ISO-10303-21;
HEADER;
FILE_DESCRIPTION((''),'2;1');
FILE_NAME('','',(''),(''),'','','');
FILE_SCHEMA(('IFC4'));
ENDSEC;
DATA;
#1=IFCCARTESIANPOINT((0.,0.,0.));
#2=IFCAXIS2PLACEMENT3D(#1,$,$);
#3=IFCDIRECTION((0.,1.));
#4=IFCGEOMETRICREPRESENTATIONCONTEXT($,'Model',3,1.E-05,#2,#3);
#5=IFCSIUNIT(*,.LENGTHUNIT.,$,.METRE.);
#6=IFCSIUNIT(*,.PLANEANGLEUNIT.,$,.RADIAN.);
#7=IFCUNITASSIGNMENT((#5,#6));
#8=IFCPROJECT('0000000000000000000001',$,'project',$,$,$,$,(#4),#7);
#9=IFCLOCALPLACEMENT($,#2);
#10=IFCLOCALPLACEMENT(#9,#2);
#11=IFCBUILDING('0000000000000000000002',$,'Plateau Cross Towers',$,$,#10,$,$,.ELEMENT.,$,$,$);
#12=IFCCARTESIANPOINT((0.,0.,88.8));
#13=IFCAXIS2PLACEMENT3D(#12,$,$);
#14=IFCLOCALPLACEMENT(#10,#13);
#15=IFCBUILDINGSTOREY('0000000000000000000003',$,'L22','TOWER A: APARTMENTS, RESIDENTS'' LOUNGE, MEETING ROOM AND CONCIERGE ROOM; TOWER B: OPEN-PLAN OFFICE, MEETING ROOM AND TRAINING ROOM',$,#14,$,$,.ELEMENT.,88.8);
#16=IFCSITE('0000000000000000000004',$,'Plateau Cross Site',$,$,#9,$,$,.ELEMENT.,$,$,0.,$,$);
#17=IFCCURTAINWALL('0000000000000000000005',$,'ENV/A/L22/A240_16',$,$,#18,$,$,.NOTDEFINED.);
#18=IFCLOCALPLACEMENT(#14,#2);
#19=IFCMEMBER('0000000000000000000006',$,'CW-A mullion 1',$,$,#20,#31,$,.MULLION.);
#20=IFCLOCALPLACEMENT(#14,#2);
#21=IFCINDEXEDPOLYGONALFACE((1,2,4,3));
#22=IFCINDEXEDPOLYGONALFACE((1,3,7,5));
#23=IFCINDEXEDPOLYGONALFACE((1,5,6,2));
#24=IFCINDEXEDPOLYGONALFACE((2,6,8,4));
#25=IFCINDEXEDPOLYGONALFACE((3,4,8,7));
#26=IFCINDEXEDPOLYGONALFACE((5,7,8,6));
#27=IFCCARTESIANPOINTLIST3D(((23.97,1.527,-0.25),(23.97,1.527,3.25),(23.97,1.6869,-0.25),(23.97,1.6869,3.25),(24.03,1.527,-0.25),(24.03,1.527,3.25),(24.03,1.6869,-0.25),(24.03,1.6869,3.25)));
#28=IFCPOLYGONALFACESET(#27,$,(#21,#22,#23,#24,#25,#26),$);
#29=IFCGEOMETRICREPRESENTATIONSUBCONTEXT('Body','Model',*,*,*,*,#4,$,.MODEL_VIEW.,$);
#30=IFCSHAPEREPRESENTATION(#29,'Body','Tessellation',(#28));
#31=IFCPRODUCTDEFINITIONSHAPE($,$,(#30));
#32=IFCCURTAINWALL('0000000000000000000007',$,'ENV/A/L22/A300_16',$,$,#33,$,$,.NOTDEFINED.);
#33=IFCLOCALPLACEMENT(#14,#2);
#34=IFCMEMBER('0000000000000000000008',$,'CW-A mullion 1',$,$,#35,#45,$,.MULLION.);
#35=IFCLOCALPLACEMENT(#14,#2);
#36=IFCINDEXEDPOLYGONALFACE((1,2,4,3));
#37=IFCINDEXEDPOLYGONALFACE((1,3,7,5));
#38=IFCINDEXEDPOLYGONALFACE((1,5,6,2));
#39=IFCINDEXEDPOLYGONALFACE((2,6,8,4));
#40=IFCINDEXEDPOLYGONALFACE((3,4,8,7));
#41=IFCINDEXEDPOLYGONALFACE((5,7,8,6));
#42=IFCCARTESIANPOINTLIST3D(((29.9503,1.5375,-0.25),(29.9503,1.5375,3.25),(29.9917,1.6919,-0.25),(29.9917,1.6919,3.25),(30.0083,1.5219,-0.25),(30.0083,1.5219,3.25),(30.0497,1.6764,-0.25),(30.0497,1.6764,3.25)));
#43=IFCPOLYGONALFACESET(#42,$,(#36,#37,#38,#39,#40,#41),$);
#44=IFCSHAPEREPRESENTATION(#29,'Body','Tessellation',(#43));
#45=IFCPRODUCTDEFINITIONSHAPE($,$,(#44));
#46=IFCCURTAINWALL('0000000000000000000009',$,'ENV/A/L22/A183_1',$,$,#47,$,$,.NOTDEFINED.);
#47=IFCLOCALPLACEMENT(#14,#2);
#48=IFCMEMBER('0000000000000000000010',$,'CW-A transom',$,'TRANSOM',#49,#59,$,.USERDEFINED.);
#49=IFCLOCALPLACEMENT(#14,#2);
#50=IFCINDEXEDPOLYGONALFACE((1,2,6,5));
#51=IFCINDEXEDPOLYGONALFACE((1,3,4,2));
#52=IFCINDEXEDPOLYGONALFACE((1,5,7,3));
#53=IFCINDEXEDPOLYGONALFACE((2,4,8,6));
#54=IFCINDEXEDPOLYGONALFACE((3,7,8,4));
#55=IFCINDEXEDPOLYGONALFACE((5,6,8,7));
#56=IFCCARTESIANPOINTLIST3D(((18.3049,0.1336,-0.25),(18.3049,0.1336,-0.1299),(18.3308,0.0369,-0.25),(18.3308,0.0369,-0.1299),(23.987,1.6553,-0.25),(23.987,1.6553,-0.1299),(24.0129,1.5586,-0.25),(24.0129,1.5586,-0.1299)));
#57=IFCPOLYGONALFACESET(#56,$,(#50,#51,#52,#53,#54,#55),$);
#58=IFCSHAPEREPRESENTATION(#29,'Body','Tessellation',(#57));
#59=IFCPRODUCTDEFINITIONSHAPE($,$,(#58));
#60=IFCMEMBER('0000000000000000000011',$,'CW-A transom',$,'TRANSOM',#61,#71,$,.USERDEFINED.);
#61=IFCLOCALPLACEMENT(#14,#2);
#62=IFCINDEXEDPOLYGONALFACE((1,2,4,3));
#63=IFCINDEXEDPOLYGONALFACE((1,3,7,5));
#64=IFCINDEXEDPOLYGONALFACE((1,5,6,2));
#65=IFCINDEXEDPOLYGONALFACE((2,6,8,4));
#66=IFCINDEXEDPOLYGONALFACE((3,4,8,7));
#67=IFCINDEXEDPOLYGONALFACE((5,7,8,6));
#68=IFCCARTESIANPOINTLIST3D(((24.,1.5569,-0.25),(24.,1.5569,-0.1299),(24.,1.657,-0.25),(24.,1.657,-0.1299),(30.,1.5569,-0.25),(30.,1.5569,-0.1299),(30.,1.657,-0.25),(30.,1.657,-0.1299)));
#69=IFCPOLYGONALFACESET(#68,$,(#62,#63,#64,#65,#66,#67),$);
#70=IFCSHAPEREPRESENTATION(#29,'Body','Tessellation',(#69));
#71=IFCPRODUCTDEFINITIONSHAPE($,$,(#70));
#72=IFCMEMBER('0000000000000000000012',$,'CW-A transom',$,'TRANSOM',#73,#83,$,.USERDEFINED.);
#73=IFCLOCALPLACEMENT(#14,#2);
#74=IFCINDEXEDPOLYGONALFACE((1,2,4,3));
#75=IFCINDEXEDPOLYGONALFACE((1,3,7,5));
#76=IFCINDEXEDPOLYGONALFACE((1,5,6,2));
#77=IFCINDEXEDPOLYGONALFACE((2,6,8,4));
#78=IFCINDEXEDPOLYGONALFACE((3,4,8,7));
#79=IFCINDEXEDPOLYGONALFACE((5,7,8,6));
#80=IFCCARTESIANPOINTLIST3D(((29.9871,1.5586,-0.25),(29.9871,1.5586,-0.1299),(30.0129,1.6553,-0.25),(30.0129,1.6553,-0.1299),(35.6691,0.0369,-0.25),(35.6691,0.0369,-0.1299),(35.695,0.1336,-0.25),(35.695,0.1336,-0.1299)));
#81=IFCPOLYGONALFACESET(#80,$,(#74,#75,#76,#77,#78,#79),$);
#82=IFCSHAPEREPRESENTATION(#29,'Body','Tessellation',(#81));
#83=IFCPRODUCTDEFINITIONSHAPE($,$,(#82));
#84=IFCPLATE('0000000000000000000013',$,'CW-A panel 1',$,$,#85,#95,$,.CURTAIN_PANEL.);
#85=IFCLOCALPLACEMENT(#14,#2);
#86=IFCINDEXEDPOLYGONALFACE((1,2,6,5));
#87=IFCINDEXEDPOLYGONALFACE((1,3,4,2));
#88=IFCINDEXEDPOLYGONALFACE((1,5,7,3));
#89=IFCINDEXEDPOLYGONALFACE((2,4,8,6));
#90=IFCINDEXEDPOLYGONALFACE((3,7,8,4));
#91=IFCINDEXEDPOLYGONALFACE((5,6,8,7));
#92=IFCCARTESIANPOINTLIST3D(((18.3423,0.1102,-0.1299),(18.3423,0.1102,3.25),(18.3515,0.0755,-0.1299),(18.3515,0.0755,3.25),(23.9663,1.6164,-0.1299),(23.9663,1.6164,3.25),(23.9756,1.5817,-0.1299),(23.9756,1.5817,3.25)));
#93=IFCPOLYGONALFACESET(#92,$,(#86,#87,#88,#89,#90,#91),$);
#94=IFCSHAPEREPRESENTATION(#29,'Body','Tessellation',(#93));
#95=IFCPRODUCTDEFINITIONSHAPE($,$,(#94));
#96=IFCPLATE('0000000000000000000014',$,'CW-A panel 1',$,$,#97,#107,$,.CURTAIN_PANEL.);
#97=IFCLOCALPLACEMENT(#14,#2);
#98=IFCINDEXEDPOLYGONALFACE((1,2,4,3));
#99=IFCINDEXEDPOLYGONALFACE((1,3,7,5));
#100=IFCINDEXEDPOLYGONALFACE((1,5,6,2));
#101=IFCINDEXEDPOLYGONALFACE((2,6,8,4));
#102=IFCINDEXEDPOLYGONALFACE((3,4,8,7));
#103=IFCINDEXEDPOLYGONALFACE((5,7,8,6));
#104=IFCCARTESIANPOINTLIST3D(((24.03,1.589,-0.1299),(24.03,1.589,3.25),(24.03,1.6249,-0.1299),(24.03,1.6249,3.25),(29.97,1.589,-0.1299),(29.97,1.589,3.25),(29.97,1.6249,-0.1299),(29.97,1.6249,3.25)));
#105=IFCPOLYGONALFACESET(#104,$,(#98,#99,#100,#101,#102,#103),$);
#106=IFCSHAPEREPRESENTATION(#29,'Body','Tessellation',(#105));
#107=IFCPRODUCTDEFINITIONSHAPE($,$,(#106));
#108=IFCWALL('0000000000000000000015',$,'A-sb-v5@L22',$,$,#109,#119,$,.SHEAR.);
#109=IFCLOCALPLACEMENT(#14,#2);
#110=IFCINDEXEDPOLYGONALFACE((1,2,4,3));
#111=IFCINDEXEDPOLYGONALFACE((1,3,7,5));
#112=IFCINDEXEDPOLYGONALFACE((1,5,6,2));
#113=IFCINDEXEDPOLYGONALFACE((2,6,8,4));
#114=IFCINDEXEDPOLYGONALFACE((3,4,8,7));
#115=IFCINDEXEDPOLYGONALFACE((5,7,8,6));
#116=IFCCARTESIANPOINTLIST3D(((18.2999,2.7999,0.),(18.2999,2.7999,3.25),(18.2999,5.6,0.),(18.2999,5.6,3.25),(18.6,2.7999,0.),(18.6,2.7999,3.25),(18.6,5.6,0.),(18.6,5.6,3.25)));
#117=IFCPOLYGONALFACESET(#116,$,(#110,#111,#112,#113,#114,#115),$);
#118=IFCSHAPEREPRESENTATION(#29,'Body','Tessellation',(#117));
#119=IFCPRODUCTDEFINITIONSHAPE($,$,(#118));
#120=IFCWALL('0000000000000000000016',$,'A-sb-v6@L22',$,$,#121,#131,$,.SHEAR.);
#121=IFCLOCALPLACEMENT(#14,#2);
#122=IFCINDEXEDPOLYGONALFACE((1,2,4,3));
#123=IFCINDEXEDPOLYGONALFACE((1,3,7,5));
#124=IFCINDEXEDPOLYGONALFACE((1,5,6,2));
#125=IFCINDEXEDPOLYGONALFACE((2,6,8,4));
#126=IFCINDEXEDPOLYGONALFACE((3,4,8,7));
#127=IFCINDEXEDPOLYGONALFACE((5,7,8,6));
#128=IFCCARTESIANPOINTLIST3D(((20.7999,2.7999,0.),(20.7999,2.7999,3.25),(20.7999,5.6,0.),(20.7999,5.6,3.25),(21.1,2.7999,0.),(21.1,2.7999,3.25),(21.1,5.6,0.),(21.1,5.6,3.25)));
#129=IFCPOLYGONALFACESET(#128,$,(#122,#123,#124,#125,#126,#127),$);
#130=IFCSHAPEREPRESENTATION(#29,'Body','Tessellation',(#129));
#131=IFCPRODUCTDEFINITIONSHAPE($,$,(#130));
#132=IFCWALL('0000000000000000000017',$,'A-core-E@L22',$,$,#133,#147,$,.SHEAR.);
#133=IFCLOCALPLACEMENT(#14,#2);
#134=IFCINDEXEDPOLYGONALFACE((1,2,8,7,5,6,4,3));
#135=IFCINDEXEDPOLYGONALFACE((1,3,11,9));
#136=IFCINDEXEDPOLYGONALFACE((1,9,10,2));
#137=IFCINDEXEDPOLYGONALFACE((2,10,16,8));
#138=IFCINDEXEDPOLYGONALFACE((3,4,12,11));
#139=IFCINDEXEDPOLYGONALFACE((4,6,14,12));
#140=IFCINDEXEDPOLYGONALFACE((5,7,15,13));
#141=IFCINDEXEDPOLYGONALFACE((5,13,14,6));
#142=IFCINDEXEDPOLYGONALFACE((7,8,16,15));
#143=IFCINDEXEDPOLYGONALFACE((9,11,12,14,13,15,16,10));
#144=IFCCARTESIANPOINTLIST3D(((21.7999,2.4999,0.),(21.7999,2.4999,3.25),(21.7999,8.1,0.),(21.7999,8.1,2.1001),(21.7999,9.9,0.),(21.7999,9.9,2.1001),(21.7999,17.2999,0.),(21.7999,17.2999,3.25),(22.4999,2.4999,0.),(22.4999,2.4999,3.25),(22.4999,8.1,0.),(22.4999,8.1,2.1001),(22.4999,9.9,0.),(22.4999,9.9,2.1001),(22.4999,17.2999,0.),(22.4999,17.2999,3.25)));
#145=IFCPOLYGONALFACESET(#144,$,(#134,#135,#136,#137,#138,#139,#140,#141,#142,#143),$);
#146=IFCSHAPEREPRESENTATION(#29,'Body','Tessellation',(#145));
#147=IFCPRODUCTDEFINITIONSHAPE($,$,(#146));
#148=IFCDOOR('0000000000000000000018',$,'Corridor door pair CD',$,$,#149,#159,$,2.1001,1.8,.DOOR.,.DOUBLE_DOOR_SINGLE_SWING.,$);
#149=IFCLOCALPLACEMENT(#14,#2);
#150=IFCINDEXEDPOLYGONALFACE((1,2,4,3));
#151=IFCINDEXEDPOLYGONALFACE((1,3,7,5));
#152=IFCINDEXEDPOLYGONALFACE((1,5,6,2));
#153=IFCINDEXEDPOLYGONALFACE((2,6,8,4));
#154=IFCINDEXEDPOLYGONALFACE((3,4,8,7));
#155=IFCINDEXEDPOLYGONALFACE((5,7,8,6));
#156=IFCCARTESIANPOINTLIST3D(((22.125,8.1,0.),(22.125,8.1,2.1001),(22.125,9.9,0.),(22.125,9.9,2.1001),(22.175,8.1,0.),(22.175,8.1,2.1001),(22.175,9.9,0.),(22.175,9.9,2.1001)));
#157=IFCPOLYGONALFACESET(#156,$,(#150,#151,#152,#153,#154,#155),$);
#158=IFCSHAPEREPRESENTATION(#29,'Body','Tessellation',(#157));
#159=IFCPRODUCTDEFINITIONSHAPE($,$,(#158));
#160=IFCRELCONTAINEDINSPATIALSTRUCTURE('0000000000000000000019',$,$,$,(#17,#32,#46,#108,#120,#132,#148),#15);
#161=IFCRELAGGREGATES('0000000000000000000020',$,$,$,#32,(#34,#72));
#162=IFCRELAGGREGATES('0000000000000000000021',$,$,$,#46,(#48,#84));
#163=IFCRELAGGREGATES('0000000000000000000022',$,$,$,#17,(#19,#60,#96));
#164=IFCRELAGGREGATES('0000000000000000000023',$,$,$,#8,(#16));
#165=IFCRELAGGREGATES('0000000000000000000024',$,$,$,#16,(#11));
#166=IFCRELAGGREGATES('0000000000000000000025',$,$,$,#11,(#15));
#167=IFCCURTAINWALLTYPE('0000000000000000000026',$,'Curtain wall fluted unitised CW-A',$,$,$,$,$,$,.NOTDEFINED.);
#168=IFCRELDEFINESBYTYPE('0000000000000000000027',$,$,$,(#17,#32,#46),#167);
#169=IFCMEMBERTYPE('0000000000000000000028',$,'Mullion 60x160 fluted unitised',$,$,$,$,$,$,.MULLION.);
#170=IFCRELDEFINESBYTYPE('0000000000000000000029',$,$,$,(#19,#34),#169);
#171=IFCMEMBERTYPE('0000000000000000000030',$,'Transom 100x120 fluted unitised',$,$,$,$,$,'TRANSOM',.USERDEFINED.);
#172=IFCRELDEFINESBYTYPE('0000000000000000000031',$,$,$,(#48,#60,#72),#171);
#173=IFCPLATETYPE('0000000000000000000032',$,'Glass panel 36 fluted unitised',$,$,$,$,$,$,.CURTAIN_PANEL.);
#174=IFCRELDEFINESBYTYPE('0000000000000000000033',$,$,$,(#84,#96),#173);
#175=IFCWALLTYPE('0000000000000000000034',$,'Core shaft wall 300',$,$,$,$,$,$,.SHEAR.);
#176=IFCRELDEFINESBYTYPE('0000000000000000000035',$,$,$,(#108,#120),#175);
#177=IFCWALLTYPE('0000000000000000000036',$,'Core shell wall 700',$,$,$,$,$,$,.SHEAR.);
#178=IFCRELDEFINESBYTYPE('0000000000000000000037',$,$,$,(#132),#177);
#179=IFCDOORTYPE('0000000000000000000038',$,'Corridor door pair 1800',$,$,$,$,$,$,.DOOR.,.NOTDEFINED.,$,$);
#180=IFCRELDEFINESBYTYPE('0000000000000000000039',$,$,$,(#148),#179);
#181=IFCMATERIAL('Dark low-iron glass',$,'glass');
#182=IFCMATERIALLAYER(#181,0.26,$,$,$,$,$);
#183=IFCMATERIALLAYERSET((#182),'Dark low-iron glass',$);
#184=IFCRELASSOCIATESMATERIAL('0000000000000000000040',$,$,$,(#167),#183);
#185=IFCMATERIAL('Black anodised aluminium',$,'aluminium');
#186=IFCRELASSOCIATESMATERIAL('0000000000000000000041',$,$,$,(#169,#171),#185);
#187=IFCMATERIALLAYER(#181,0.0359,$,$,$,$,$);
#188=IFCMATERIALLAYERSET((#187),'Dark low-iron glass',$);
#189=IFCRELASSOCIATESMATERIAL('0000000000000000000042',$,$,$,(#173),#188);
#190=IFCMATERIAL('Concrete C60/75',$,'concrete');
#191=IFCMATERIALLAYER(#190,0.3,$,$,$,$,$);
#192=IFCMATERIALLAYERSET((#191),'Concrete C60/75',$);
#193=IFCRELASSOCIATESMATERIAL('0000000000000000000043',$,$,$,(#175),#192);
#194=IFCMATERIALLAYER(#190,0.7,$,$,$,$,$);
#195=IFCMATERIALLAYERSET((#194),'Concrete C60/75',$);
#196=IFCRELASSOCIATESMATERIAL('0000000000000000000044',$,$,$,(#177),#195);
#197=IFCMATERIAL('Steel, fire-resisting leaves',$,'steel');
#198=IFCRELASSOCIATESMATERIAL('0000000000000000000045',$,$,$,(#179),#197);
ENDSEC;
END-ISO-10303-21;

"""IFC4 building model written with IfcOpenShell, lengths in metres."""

from ifc_helpers import new_model, si_unit, direction, frame, frame_2d, origin, origin_2d, place, context, subcontext, project, spatial, rectangle, extrude, material, layer, layer_set, material_profile, profile_set, type_object, element, fill, aggregate, save


model = new_model("IFC4")

# Units and contexts
model_context = context("Model", 3, precision=1e-05, world=origin(), true_north=direction((0.0, 1.0)))
body_context = subcontext(model_context, "Body", "Model", "MODEL_VIEW")
ifc_project = project(units=[si_unit("LENGTHUNIT", "METRE"), si_unit("PLANEANGLEUNIT", "RADIAN")], contexts=[model_context])

# Site, building, storey
site_placement = place(None, origin())
site = spatial("IfcSite", under=ifc_project, at=site_placement, Name="Plateau Cross Site", CompositionType="ELEMENT", RefElevation=0.0)
building_placement = place(site_placement, origin())
building = spatial("IfcBuilding", under=site, at=building_placement, Name="Plateau Cross Towers", CompositionType="ELEMENT")
storey_placement = place(building_placement, frame((0.0, 0.0, 88.8)))
storey = spatial("IfcBuildingStorey", under=building, at=storey_placement, Name="L22", Description="TOWER A: APARTMENTS, RESIDENTS' LOUNGE, MEETING ROOM AND CONCIERGE ROOM; TOWER B: OPEN-PLAN OFFICE, MEETING ROOM AND TRAINING ROOM", CompositionType="ELEMENT", Elevation=88.8)

# Curtain walls, members
ifc_material_1 = material(Name="Dark low-iron glass", Category="glass")
ifc_layer_1 = layer(ifc_material_1, 0.26)
ifc_layer_set_1 = layer_set([ifc_layer_1], Name="Dark low-iron glass")
curtain_wall_type = type_object("IfcCurtainWallType", Name="Curtain wall fluted unitised CW-A", PredefinedType="NOTDEFINED", material=ifc_layer_set_1)
curtain_wall_1_placement = place(storey_placement, origin())
curtain_wall_1 = element("IfcCurtainWall", 1, at=curtain_wall_1_placement, inside=storey, type_object=curtain_wall_type, Name="ENV/A/L22/A240_16", PredefinedType="NOTDEFINED")
ifc_material_2 = material(Name="Black anodised aluminium", Category="aluminium")
ifc_material_profile_1 = material_profile(ifc_material_2, rectangle(XDim=0.0601, YDim=0.1599, at=origin_2d()), Name="MULLION 60x160")
ifc_profile_set_1 = profile_set([ifc_material_profile_1], Name="Black anodised aluminium")
member_type_1 = type_object("IfcMemberType", Name="Mullion 60x160 fluted unitised", PredefinedType="MULLION", material=ifc_profile_set_1)
member_1_placement = place(storey_placement, frame((24.0, 1.6069, -0.25), z_axis=(0.0, 0.0, 1.0), x_axis=(1.0, 0.0, 0.0)))
member_1 = element("IfcMember", 2, at=member_1_placement, type_object=member_type_1, Name="CW-A mullion 1", PredefinedType="MULLION", context=body_context, shape_type="SweptSolid", body=[
    extrude(rectangle(XDim=0.0601, YDim=0.1599, at=origin_2d()), origin(), (0.0, 0.0, 1.0), 3.5),
])
curtain_wall_2_placement = place(storey_placement, origin())
curtain_wall_2 = element("IfcCurtainWall", 3, at=curtain_wall_2_placement, inside=storey, type_object=curtain_wall_type, Name="ENV/A/L22/A300_16", PredefinedType="NOTDEFINED")
member_2_placement = place(storey_placement, frame((30.0, 1.6069, -0.25), z_axis=(0.0, 0.0, 1.0), x_axis=(0.965958, -0.258699, 0.0)))
member_2 = element("IfcMember", 4, at=member_2_placement, type_object=member_type_1, Name="CW-A mullion 1", PredefinedType="MULLION", context=body_context, shape_type="SweptSolid", body=[
    extrude(rectangle(XDim=0.0601, YDim=0.1599, at=origin_2d()), origin(), (0.0, 0.0, 1.0), 3.5),
])
curtain_wall_3_placement = place(storey_placement, origin())
curtain_wall_3 = element("IfcCurtainWall", 5, at=curtain_wall_3_placement, inside=storey, type_object=curtain_wall_type, Name="ENV/A/L22/A183_1", PredefinedType="NOTDEFINED")
ifc_material_profile_2 = material_profile(ifc_material_2, rectangle(XDim=0.1001, YDim=0.1201, at=origin_2d()), Name="TRANSOM 100x120")
ifc_profile_set_2 = profile_set([ifc_material_profile_2], Name="Black anodised aluminium")
member_type_2 = type_object("IfcMemberType", Name="Transom 100x120 fluted unitised", ElementType="TRANSOM", PredefinedType="USERDEFINED", material=ifc_profile_set_2)
member_3_placement = place(storey_placement, frame((18.3179, 0.0852, -0.1899), z_axis=(0.96596, 0.258693, 0.0), x_axis=(-0.258693, 0.96596, 0.0)))
member_3 = element("IfcMember", 6, at=member_3_placement, type_object=member_type_2, Name="CW-A transom", ObjectType="TRANSOM", PredefinedType="USERDEFINED", context=body_context, shape_type="SweptSolid", body=[
    extrude(rectangle(XDim=0.1001, YDim=0.1201, at=origin_2d()), origin(), (0.0, 0.0, 1.0), 5.8823),
])

# Members
member_4_placement = place(storey_placement, frame((24.0, 1.6069, -0.1899), z_axis=(1.0, 0.0, 0.0), x_axis=(0.0, 1.0, 0.0)))
member_4 = element("IfcMember", 7, at=member_4_placement, type_object=member_type_2, Name="CW-A transom", ObjectType="TRANSOM", PredefinedType="USERDEFINED", context=body_context, shape_type="SweptSolid", body=[
    extrude(rectangle(XDim=0.1001, YDim=0.1201, at=origin_2d()), origin(), (0.0, 0.0, 1.0), 6.0),
])
member_5_placement = place(storey_placement, frame((30.0, 1.6069, -0.1899), z_axis=(0.96596, -0.258693, 0.0), x_axis=(0.258693, 0.96596, 0.0)))
member_5 = element("IfcMember", 8, at=member_5_placement, type_object=member_type_2, Name="CW-A transom", ObjectType="TRANSOM", PredefinedType="USERDEFINED", context=body_context, shape_type="SweptSolid", body=[
    extrude(rectangle(XDim=0.1001, YDim=0.1201, at=origin_2d()), origin(), (0.0, 0.0, 1.0), 5.8823),
])
aggregate(curtain_wall_2, [member_2, member_5])

# Plates
ifc_layer_2 = layer(ifc_material_1, 0.0359)
ifc_layer_set_2 = layer_set([ifc_layer_2], Name="Dark low-iron glass")
plate_type = type_object("IfcPlateType", Name="Glass panel 36 fluted unitised", PredefinedType="CURTAIN_PANEL", material=ifc_layer_set_2)
plate_1_placement = place(storey_placement, frame((21.1589, 0.8459, -0.1299), z_axis=(0.0, 0.0, 1.0), x_axis=(0.965958, 0.258699, 0.0)))
plate_1 = element("IfcPlate", 9, at=plate_1_placement, type_object=plate_type, Name="CW-A panel 1", PredefinedType="CURTAIN_PANEL", context=body_context, shape_type="SweptSolid", body=[
    extrude(rectangle(XDim=5.8223, YDim=0.0359, at=origin_2d()), origin(), (0.0, 0.0, 1.0), 3.3799),
])
aggregate(curtain_wall_3, [member_3, plate_1])
plate_2_placement = place(storey_placement, frame((27.0, 1.6069, -0.1299), z_axis=(0.0, 0.0, 1.0), x_axis=(1.0, 0.0, 0.0)))
plate_2 = element("IfcPlate", 10, at=plate_2_placement, type_object=plate_type, Name="CW-A panel 1", PredefinedType="CURTAIN_PANEL", context=body_context, shape_type="SweptSolid", body=[
    extrude(rectangle(XDim=5.9399, YDim=0.0359, at=origin_2d()), origin(), (0.0, 0.0, 1.0), 3.3799),
])
aggregate(curtain_wall_1, [member_1, member_4, plate_2])

# Walls
ifc_material_3 = material(Name="Concrete C60/75", Category="concrete")
ifc_layer_3 = layer(ifc_material_3, 0.3)
ifc_layer_set_3 = layer_set([ifc_layer_3], Name="Concrete C60/75")
wall_type_1 = type_object("IfcWallType", Name="Core shaft wall 300", PredefinedType="SHEAR", material=ifc_layer_set_3)
for number, where, z_axis, x_axis, name in (
    (11, (18.45, 2.8, 0.0), (0.0, 0.0, 1.0), (0.0, 1.0, 0.0), "A-sb-v5@L22"),
    (12, (20.95, 2.8, 0.0), (0.0, 0.0, 1.0), (0.0, 1.0, 0.0), "A-sb-v6@L22"),
):
    element("IfcWall", number, at=place(storey_placement, frame(where, z_axis=z_axis, x_axis=x_axis)), inside=storey, type_object=wall_type_1, Name=name, PredefinedType="SHEAR", context=body_context, shape_type="SweptSolid", body=[
        extrude(rectangle(XDim=2.8, YDim=0.3, at=frame_2d((1.3999, 0.0))), origin(), (0.0, 0.0, 1.0), 3.25),
    ])

# Wall, opening, door
ifc_layer_4 = layer(ifc_material_3, 0.7)
ifc_layer_set_4 = layer_set([ifc_layer_4], Name="Concrete C60/75")
wall_type_2 = type_object("IfcWallType", Name="Core shell wall 700", PredefinedType="SHEAR", material=ifc_layer_set_4)
wall_1_placement = place(storey_placement, frame((22.1499, 2.5, 0.0), z_axis=(0.0, 0.0, 1.0), x_axis=(0.0, 1.0, 0.0)))
wall_1 = element("IfcWall", 13, at=wall_1_placement, inside=storey, type_object=wall_type_2, Name="A-core-E@L22", PredefinedType="SHEAR", context=body_context, shape_type="SweptSolid", body=[
    extrude(rectangle(XDim=14.8, YDim=0.7, at=frame_2d((7.3999, 0.0))), origin(), (0.0, 0.0, 1.0), 3.25),
])
opening_1_placement = place(wall_1_placement, frame((5.6001, 0.0, 0.0)))
opening_1 = element("IfcOpeningElement", 14, at=opening_1_placement, cuts=wall_1, PredefinedType="OPENING", context=body_context, shape_type="SweptSolid", body=[
    extrude(rectangle(XDim=1.8, YDim=2.1001, at=frame_2d((0.8999, 1.05))), frame((0.0, 0.3599, 0.0), z_axis=(0.0, -1.0, 0.0), x_axis=(1.0, 0.0, 0.0)), (0.0, 0.0, 1.0), 0.72),
])
ifc_material_4 = material(Name="Steel, fire-resisting leaves", Category="steel")
door_type_1 = type_object("IfcDoorType", Name="Corridor door pair 1800", OperationType="NOTDEFINED", PredefinedType="DOOR", material=ifc_material_4)
door_1_placement = place(opening_1_placement, origin())
door_1 = element("IfcDoor", 15, at=door_1_placement, inside=storey, type_object=door_type_1, Name="Corridor door pair CD", OperationType="DOUBLE_DOOR_SINGLE_SWING", OverallHeight=2.1001, OverallWidth=1.8, PredefinedType="DOOR", context=body_context, shape_type="SweptSolid", body=[
    extrude(rectangle(XDim=1.8, YDim=2.1001, at=frame_2d((0.8999, 1.05))), frame((0.0, 0.0249, 0.0), z_axis=(0.0, -1.0, 0.0), x_axis=(1.0, 0.0, 0.0)), (0.0, 0.0, 1.0), 0.05),
])
fill(opening_1, door_1)

save(model, "model.ifc")
